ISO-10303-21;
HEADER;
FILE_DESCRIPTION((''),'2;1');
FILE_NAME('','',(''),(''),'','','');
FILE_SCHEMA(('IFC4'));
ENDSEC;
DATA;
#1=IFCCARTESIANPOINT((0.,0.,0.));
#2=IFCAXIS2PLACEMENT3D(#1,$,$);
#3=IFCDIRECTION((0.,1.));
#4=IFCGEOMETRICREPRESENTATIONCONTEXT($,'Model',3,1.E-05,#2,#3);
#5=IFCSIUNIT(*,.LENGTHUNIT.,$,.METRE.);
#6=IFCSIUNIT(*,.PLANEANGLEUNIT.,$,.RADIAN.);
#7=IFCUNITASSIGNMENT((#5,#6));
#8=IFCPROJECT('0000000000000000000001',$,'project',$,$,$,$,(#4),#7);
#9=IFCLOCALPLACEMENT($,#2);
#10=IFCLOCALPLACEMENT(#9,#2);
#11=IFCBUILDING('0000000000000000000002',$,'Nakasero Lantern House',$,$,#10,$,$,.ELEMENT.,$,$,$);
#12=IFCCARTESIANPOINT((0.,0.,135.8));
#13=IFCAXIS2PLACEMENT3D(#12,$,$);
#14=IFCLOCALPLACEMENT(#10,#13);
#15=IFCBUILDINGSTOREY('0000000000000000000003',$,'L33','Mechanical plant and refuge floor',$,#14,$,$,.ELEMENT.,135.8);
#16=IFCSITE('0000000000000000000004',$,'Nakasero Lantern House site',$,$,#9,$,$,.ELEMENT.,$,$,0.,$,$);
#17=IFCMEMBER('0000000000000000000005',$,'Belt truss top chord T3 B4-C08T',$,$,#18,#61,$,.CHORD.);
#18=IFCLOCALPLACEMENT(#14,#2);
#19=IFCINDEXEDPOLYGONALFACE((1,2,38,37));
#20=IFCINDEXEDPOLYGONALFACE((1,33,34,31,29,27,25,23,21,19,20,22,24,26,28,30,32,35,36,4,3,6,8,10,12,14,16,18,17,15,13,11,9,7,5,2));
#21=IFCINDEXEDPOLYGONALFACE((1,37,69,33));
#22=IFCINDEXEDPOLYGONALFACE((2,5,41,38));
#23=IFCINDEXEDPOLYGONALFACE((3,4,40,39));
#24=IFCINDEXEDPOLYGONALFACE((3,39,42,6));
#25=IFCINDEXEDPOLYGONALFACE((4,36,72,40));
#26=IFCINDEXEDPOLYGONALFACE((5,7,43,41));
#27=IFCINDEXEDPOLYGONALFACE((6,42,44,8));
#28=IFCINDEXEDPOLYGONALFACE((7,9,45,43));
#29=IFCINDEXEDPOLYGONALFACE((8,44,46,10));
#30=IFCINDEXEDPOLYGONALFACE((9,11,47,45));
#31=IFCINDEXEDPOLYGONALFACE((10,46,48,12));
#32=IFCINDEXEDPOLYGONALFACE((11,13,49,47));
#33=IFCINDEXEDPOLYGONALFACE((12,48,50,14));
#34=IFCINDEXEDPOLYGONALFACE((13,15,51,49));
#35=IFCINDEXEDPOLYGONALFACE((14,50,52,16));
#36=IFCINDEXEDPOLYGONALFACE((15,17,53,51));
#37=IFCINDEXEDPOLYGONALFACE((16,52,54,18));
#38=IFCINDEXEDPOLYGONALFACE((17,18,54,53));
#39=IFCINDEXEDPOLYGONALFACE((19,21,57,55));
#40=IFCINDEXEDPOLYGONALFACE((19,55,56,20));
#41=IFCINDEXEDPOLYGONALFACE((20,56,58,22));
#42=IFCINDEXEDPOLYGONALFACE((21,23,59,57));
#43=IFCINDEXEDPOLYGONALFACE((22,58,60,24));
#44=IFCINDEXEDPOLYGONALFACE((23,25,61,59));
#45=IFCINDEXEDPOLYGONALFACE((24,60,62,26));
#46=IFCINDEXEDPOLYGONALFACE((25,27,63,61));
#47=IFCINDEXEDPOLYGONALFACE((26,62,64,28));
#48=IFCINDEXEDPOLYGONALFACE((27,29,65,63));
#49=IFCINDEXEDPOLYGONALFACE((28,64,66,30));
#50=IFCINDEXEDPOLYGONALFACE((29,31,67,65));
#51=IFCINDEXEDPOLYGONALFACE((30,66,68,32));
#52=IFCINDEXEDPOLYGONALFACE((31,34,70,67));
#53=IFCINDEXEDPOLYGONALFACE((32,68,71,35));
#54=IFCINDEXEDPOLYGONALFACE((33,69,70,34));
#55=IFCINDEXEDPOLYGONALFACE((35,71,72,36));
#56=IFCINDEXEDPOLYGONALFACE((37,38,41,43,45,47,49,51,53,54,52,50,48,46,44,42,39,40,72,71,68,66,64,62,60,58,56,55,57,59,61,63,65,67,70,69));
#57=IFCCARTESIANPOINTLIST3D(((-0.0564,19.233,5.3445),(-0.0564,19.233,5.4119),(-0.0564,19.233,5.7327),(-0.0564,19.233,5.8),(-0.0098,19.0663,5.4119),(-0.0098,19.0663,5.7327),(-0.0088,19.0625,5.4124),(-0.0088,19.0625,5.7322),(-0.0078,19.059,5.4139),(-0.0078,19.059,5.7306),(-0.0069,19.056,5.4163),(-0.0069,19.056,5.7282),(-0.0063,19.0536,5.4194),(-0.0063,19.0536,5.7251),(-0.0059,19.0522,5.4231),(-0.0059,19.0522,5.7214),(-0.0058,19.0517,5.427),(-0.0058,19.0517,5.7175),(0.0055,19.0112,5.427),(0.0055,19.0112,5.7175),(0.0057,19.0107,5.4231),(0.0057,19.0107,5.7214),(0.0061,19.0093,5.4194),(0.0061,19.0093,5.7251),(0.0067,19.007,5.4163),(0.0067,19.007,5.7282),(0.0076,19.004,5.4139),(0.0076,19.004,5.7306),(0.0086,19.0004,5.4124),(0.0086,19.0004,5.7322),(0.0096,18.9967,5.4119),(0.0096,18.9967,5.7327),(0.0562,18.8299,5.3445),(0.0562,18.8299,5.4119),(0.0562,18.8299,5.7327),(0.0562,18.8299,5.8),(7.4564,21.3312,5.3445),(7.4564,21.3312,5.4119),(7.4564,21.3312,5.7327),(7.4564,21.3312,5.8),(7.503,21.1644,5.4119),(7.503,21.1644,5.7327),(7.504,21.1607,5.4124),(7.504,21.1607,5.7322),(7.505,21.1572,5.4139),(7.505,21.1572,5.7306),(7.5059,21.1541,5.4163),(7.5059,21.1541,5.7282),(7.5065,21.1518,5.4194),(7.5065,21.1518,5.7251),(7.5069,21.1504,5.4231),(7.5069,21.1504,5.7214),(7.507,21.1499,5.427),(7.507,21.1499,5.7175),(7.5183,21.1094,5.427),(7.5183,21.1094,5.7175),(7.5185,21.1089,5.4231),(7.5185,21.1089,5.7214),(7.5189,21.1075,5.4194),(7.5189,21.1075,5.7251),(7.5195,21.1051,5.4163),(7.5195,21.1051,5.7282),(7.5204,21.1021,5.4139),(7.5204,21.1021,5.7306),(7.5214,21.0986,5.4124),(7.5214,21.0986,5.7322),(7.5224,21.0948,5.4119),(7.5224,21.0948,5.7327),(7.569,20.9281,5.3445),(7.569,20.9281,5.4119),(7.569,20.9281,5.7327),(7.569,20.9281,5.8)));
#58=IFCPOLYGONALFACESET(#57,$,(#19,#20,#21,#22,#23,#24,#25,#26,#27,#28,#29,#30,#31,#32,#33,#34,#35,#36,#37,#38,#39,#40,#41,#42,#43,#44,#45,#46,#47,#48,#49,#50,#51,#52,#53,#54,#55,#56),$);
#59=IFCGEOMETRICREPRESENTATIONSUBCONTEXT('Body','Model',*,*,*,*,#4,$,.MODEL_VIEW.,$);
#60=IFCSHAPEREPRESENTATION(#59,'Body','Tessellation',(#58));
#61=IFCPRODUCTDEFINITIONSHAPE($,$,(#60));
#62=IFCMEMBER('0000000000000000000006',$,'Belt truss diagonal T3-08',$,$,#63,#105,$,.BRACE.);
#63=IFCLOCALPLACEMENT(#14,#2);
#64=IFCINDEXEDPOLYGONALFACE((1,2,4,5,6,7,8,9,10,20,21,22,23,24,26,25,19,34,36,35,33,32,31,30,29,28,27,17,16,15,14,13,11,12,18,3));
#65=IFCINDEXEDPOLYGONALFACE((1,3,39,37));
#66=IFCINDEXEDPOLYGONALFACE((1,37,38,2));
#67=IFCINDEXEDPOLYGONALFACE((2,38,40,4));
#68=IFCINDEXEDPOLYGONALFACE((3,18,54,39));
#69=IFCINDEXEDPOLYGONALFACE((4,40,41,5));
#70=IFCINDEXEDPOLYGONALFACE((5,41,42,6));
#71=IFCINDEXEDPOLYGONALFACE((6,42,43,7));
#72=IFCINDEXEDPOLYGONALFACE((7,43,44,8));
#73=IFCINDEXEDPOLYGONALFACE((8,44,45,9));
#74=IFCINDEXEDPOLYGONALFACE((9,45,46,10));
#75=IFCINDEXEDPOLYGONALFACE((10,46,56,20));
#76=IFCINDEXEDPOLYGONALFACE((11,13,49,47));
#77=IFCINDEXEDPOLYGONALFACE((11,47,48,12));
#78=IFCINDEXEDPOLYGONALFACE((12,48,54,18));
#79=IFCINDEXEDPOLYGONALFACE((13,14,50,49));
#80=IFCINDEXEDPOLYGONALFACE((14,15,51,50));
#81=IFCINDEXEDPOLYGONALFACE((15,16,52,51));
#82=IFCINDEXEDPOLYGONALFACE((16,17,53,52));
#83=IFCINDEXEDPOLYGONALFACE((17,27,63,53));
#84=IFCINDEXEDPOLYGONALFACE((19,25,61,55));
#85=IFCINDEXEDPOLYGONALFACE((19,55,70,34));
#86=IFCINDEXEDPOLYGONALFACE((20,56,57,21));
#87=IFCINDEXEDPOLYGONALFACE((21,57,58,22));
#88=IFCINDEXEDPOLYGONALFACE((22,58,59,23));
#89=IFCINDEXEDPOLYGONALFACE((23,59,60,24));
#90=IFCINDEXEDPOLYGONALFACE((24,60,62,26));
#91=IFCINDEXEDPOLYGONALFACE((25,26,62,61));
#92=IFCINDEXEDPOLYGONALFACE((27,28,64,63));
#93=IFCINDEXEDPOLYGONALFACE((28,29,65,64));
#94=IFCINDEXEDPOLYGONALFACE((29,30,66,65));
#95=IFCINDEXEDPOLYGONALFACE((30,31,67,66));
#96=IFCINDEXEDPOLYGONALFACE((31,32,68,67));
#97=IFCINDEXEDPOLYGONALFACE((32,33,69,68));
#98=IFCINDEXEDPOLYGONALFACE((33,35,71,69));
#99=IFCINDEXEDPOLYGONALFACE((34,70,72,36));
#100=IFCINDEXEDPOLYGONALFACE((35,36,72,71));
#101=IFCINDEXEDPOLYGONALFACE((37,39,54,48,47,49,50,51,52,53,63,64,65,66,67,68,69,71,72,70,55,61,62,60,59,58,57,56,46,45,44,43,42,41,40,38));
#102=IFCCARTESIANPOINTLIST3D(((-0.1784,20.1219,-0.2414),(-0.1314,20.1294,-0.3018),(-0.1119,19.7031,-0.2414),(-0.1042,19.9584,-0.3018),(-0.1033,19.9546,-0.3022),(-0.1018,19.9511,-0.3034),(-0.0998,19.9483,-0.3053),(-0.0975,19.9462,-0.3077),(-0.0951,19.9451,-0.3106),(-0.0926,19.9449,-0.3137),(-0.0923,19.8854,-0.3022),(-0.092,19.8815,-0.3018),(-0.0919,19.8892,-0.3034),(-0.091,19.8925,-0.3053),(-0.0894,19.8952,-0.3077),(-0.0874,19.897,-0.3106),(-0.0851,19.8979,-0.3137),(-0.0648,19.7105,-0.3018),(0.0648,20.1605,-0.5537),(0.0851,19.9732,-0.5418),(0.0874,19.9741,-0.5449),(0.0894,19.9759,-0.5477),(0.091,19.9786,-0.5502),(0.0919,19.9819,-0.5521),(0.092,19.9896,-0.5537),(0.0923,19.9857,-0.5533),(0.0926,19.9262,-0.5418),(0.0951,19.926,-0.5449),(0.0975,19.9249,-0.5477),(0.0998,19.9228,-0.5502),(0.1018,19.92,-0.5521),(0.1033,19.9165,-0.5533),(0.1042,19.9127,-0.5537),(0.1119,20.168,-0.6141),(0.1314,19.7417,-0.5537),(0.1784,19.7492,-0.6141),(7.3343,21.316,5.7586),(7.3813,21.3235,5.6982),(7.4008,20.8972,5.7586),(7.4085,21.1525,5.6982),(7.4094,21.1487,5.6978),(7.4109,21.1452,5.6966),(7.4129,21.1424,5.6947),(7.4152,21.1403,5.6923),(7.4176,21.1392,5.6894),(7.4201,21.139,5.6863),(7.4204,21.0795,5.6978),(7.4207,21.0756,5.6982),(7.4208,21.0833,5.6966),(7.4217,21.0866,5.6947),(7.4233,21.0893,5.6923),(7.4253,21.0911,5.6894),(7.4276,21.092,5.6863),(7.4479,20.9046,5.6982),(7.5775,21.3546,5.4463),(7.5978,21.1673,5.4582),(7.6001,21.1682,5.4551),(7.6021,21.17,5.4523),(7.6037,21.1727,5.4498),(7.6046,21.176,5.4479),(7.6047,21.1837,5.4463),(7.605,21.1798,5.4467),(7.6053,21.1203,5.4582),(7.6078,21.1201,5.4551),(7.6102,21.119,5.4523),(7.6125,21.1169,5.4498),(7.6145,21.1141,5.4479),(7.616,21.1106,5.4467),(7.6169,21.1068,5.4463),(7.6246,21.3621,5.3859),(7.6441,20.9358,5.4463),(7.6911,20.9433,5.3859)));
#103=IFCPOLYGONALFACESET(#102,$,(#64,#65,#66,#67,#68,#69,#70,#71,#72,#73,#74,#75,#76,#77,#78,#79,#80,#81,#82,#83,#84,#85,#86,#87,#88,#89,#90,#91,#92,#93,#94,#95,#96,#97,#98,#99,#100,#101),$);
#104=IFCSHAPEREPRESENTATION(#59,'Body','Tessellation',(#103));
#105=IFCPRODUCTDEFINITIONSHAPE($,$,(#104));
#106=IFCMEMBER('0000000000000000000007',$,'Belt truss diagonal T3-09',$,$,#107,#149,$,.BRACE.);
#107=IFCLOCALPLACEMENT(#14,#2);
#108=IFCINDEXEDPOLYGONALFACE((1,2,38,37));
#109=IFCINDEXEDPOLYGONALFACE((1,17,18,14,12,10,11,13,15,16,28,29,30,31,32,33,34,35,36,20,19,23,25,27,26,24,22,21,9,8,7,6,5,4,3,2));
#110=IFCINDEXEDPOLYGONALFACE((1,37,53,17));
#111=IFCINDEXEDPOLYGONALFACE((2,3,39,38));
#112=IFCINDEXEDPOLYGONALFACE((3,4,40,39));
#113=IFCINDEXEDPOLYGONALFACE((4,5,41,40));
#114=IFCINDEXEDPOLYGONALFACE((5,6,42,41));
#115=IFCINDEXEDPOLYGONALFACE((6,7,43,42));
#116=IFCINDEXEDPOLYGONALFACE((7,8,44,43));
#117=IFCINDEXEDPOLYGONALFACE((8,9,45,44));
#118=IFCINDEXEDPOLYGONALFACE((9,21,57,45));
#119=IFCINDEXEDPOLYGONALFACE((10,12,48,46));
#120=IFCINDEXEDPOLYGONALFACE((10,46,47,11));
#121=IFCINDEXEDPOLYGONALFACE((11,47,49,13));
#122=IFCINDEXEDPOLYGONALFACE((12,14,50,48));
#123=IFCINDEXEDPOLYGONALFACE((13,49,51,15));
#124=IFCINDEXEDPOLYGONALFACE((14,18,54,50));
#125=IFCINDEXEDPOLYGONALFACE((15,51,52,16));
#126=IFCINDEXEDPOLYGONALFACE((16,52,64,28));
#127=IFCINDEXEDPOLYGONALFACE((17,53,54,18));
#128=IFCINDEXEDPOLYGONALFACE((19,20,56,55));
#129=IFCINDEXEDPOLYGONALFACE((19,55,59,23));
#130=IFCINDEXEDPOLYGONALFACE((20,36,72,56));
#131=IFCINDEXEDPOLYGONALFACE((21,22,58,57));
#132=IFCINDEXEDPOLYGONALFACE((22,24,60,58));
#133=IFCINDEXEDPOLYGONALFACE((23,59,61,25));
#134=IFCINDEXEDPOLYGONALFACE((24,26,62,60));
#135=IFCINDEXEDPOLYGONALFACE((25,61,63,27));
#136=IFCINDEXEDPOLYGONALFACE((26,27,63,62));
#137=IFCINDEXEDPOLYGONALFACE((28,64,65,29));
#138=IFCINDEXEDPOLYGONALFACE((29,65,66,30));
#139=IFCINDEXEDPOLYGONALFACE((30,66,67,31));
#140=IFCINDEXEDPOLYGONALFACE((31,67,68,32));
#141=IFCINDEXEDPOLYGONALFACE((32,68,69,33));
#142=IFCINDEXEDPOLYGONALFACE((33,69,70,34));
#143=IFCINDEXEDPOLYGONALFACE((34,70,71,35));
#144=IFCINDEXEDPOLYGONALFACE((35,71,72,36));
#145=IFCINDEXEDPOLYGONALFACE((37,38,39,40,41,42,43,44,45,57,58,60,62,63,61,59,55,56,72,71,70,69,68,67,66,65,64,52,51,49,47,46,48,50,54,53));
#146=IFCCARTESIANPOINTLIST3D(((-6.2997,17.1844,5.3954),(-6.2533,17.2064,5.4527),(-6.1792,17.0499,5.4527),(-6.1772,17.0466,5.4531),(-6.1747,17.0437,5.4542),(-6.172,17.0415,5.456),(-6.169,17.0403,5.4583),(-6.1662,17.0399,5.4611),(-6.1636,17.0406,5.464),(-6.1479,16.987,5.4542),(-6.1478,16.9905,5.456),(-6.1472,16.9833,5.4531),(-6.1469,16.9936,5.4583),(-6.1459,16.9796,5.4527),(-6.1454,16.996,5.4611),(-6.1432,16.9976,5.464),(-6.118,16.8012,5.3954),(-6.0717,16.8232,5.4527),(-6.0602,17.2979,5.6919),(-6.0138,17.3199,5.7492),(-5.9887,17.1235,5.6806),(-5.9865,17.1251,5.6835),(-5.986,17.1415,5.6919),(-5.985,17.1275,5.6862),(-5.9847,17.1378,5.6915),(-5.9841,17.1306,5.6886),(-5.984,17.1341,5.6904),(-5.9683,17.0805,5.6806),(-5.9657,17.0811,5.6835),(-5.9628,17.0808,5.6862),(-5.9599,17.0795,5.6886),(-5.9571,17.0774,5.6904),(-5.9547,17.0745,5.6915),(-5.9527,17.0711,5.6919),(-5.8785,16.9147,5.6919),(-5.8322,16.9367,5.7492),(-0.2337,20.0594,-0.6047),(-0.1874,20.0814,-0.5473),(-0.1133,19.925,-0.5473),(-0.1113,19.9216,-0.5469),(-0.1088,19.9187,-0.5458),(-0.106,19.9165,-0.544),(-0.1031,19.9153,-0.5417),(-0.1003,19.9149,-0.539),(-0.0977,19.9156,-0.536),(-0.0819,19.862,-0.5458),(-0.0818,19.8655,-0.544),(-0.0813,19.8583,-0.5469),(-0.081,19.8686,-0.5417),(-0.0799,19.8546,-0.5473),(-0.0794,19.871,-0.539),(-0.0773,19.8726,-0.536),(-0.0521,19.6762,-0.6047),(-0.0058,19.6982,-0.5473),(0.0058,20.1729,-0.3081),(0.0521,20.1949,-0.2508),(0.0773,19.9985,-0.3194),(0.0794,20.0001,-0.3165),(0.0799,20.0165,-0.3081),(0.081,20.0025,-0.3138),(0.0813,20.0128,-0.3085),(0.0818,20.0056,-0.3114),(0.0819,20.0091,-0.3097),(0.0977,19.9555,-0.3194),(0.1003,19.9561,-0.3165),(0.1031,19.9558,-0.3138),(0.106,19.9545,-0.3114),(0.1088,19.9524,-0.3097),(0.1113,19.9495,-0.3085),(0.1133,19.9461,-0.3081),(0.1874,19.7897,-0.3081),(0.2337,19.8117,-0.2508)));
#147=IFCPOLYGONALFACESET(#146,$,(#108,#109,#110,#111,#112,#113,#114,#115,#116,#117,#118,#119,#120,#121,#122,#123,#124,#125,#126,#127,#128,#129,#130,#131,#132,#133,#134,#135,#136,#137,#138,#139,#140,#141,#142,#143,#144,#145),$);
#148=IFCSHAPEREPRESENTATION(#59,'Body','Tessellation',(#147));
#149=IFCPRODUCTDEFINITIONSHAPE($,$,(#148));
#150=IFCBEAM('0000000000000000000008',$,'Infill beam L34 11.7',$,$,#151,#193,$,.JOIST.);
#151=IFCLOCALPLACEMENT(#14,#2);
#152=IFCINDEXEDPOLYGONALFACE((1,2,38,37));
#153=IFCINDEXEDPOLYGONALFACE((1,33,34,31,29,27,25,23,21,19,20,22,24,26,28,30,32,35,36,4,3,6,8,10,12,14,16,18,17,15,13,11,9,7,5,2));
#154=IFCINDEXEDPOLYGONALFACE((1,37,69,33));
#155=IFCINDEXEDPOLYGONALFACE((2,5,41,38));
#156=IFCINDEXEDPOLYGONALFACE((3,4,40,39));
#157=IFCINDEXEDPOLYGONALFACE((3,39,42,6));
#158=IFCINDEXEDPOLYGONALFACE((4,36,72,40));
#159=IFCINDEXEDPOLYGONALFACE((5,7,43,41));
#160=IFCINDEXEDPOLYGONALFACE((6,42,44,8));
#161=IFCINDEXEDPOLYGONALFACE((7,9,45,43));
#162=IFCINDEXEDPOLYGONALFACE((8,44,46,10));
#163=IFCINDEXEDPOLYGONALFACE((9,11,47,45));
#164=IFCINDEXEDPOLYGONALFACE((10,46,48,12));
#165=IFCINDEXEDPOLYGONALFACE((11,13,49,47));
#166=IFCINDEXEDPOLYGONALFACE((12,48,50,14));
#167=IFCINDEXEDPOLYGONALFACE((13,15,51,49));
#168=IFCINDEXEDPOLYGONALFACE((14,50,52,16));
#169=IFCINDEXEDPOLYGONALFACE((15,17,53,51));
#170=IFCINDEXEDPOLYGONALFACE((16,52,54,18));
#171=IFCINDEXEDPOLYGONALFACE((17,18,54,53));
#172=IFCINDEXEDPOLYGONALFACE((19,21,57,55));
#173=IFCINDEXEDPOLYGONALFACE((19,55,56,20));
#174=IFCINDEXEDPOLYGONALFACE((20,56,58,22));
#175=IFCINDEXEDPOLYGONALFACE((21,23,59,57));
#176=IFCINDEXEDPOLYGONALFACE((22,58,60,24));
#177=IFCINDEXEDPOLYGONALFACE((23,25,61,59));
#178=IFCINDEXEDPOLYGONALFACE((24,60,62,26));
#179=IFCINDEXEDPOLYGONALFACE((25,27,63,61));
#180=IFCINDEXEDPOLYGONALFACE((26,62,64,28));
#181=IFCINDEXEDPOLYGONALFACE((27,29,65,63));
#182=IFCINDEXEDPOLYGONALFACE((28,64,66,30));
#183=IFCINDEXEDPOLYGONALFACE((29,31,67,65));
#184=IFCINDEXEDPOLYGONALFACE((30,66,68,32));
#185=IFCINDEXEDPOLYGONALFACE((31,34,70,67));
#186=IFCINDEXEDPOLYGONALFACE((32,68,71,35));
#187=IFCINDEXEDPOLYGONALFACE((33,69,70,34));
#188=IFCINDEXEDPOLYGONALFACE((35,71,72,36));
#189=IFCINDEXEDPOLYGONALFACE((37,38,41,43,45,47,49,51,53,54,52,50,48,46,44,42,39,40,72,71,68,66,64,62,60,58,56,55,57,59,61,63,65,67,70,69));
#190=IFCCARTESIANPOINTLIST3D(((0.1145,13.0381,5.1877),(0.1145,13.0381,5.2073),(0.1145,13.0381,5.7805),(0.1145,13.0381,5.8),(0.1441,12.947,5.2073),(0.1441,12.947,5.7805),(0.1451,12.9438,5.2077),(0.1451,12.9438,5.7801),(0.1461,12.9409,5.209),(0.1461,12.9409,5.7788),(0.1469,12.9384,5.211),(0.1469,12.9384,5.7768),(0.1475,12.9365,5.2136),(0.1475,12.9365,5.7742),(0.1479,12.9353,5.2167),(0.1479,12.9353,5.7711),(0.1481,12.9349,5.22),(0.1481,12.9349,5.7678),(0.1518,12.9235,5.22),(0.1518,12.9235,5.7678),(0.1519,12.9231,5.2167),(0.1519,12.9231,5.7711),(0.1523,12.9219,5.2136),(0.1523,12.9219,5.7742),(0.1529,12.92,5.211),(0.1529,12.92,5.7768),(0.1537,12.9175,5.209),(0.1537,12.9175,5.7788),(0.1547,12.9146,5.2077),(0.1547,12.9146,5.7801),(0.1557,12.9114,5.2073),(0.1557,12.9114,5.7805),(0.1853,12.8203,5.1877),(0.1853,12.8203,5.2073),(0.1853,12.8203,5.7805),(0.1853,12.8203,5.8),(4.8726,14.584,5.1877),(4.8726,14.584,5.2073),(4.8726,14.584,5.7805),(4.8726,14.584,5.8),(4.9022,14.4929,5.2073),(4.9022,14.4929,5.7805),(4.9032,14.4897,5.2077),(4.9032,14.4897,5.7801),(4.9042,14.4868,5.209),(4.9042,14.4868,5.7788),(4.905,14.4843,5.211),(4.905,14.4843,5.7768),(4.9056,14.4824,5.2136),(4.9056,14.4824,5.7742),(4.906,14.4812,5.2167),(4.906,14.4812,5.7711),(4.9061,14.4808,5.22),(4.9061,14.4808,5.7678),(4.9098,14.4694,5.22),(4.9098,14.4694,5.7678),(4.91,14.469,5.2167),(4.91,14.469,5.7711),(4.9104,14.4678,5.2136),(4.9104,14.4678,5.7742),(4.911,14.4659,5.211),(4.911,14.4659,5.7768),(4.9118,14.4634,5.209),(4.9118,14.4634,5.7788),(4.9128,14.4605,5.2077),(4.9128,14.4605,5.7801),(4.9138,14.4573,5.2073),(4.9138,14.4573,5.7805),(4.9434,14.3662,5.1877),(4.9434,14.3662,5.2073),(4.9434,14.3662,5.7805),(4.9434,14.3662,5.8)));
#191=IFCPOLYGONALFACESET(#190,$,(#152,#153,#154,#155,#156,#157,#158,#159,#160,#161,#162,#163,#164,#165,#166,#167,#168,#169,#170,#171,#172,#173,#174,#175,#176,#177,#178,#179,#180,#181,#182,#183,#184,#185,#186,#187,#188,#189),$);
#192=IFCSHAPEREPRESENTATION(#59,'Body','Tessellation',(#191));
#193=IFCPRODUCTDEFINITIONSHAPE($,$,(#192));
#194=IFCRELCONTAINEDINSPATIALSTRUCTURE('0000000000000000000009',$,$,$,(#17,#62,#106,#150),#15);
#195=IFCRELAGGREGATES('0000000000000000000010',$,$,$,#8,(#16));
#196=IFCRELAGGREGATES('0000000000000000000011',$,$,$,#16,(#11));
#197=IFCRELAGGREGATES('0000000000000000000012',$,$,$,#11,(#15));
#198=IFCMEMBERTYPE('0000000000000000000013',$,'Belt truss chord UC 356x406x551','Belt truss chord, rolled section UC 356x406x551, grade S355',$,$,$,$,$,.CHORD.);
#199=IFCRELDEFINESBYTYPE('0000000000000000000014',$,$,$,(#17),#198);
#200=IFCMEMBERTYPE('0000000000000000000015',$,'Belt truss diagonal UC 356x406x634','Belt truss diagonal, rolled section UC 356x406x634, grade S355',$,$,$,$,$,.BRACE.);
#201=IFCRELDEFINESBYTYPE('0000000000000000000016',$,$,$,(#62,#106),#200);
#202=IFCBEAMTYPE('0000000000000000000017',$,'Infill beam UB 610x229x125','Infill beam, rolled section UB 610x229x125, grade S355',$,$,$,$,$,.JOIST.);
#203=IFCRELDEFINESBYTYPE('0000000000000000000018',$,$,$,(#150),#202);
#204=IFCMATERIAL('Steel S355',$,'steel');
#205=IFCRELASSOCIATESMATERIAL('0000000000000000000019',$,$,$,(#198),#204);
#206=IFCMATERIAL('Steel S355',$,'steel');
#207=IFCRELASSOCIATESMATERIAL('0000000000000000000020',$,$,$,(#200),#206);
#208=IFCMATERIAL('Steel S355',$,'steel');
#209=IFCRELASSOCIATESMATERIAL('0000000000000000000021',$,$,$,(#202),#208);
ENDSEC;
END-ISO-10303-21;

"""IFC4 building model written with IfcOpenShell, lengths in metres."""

from ifc_helpers import new_model, si_unit, direction, frame, origin, origin_2d, place, context, subcontext, project, spatial, i_section, extrude, material, material_profile, profile_set, type_object, element, save


model = new_model("IFC4")

# Units and contexts
model_context = context("Model", 3, precision=1e-05, world=origin(), true_north=direction((0.0, 1.0)))
body_context = subcontext(model_context, "Body", "Model", "MODEL_VIEW")
ifc_project = project(units=[si_unit("LENGTHUNIT", "METRE"), si_unit("PLANEANGLEUNIT", "RADIAN")], contexts=[model_context])

# Site, building, storey
site_placement = place(None, origin())
site = spatial("IfcSite", under=ifc_project, at=site_placement, Name="Nakasero Lantern House site", CompositionType="ELEMENT", RefElevation=0.0)
building_placement = place(site_placement, origin())
building = spatial("IfcBuilding", under=site, at=building_placement, Name="Nakasero Lantern House", CompositionType="ELEMENT")
storey_placement = place(building_placement, frame((0.0, 0.0, 135.8)))
storey = spatial("IfcBuildingStorey", under=building, at=storey_placement, Name="L33", Description="Mechanical plant and refuge floor", CompositionType="ELEMENT", Elevation=135.8)

# Members
ifc_material_1 = material(Name="Steel S355", Category="steel")
ifc_material_profile_1 = material_profile(ifc_material_1, i_section(OverallWidth=0.4185, OverallDepth=0.4556, WebThickness=0.042, FlangeThickness=0.0674, FilletRadius=0.0151, at=origin_2d()), Name="UC 356x406x551")
ifc_profile_set_1 = profile_set([ifc_material_profile_1], Name="Steel S355")
member_type_1 = type_object("IfcMemberType", Name="Belt truss chord UC 356x406x551", Description="Belt truss chord, rolled section UC 356x406x551, grade S355", PredefinedType="CHORD", material=ifc_profile_set_1)
member_1_placement = place(storey_placement, frame((7.5127, 21.1296, 5.5723), z_axis=(-0.963144, -0.268987, 0.0), x_axis=(0.268987, -0.963144, 0.0)))
element("IfcMember", 1, at=member_1_placement, inside=storey, type_object=member_type_1, Name="Belt truss top chord T3 B4-C08T", PredefinedType="CHORD", context=body_context, shape_type="SweptSolid", body=[
    extrude(i_section(OverallWidth=0.4185, OverallDepth=0.4556, WebThickness=0.042, FlangeThickness=0.0674, FilletRadius=0.0151, at=origin_2d()), origin(), (0.0, 0.0, 1.0), 7.8003),
])
ifc_material_2 = material(Name="Steel S355", Category="steel")
ifc_material_profile_2 = material_profile(ifc_material_2, i_section(OverallWidth=0.4241, OverallDepth=0.4746, WebThickness=0.0476, FlangeThickness=0.0769, FilletRadius=0.0151, at=origin_2d()), Name="UC 356x406x634")
ifc_profile_set_2 = profile_set([ifc_material_profile_2], Name="Steel S355")
member_type_2 = type_object("IfcMemberType", Name="Belt truss diagonal UC 356x406x634", Description="Belt truss diagonal, rolled section UC 356x406x634, grade S355", PredefinedType="BRACE", material=ifc_profile_set_2)
member_2_placement = place(storey_placement, frame((7.5127, 21.1296, 5.5723), z_axis=(-0.775426, -0.123249, -0.619293), x_axis=(0.156973, -0.987603, 0.0)))
element("IfcMember", 2, at=member_2_placement, inside=storey, type_object=member_type_2, Name="Belt truss diagonal T3-08", PredefinedType="BRACE", context=body_context, shape_type="SweptSolid", body=[
    extrude(i_section(OverallWidth=0.4241, OverallDepth=0.4746, WebThickness=0.0476, FlangeThickness=0.0769, FilletRadius=0.0151, at=origin_2d()), origin(), (0.0, 0.0, 1.0), 9.6885),
])
member_3_placement = place(storey_placement, frame((0.0, 19.9355, -0.4277), z_axis=(-0.673737, -0.319324, 0.666416), x_axis=(0.42829, -0.903642, 0.0)))
element("IfcMember", 3, at=member_3_placement, inside=storey, type_object=member_type_2, Name="Belt truss diagonal T3-09", PredefinedType="BRACE", context=body_context, shape_type="SweptSolid", body=[
    extrude(i_section(OverallWidth=0.4241, OverallDepth=0.4746, WebThickness=0.0476, FlangeThickness=0.0769, FilletRadius=0.0151, at=origin_2d()), origin(), (0.0, 0.0, 1.0), 9.0034),
])

# Beam
ifc_material_3 = material(Name="Steel S355", Category="steel")
ifc_material_profile_3 = material_profile(ifc_material_3, i_section(OverallWidth=0.229, OverallDepth=0.6123, WebThickness=0.012, FlangeThickness=0.0195, FilletRadius=0.0127, at=origin_2d()), Name="UB 610x229x125")
ifc_profile_set_3 = profile_set([ifc_material_profile_3], Name="Steel S355")
beam_type_1 = type_object("IfcBeamType", Name="Infill beam UB 610x229x125", Description="Infill beam, rolled section UB 610x229x125, grade S355", PredefinedType="JOIST", material=ifc_profile_set_3)
beam_1_placement = place(storey_placement, frame((0.1499, 12.9292, 5.4939), z_axis=(0.951062, 0.309001, 0.0), x_axis=(-0.309001, 0.951062, 0.0)))
element("IfcBeam", 4, at=beam_1_placement, inside=storey, type_object=beam_type_1, Name="Infill beam L34 11.7", PredefinedType="JOIST", context=body_context, shape_type="SweptSolid", body=[
    extrude(i_section(OverallWidth=0.229, OverallDepth=0.6123, WebThickness=0.012, FlangeThickness=0.0195, FilletRadius=0.0127, at=origin_2d()), origin(), (0.0, 0.0, 1.0), 5.0029),
])

save(model, "model.ifc")
